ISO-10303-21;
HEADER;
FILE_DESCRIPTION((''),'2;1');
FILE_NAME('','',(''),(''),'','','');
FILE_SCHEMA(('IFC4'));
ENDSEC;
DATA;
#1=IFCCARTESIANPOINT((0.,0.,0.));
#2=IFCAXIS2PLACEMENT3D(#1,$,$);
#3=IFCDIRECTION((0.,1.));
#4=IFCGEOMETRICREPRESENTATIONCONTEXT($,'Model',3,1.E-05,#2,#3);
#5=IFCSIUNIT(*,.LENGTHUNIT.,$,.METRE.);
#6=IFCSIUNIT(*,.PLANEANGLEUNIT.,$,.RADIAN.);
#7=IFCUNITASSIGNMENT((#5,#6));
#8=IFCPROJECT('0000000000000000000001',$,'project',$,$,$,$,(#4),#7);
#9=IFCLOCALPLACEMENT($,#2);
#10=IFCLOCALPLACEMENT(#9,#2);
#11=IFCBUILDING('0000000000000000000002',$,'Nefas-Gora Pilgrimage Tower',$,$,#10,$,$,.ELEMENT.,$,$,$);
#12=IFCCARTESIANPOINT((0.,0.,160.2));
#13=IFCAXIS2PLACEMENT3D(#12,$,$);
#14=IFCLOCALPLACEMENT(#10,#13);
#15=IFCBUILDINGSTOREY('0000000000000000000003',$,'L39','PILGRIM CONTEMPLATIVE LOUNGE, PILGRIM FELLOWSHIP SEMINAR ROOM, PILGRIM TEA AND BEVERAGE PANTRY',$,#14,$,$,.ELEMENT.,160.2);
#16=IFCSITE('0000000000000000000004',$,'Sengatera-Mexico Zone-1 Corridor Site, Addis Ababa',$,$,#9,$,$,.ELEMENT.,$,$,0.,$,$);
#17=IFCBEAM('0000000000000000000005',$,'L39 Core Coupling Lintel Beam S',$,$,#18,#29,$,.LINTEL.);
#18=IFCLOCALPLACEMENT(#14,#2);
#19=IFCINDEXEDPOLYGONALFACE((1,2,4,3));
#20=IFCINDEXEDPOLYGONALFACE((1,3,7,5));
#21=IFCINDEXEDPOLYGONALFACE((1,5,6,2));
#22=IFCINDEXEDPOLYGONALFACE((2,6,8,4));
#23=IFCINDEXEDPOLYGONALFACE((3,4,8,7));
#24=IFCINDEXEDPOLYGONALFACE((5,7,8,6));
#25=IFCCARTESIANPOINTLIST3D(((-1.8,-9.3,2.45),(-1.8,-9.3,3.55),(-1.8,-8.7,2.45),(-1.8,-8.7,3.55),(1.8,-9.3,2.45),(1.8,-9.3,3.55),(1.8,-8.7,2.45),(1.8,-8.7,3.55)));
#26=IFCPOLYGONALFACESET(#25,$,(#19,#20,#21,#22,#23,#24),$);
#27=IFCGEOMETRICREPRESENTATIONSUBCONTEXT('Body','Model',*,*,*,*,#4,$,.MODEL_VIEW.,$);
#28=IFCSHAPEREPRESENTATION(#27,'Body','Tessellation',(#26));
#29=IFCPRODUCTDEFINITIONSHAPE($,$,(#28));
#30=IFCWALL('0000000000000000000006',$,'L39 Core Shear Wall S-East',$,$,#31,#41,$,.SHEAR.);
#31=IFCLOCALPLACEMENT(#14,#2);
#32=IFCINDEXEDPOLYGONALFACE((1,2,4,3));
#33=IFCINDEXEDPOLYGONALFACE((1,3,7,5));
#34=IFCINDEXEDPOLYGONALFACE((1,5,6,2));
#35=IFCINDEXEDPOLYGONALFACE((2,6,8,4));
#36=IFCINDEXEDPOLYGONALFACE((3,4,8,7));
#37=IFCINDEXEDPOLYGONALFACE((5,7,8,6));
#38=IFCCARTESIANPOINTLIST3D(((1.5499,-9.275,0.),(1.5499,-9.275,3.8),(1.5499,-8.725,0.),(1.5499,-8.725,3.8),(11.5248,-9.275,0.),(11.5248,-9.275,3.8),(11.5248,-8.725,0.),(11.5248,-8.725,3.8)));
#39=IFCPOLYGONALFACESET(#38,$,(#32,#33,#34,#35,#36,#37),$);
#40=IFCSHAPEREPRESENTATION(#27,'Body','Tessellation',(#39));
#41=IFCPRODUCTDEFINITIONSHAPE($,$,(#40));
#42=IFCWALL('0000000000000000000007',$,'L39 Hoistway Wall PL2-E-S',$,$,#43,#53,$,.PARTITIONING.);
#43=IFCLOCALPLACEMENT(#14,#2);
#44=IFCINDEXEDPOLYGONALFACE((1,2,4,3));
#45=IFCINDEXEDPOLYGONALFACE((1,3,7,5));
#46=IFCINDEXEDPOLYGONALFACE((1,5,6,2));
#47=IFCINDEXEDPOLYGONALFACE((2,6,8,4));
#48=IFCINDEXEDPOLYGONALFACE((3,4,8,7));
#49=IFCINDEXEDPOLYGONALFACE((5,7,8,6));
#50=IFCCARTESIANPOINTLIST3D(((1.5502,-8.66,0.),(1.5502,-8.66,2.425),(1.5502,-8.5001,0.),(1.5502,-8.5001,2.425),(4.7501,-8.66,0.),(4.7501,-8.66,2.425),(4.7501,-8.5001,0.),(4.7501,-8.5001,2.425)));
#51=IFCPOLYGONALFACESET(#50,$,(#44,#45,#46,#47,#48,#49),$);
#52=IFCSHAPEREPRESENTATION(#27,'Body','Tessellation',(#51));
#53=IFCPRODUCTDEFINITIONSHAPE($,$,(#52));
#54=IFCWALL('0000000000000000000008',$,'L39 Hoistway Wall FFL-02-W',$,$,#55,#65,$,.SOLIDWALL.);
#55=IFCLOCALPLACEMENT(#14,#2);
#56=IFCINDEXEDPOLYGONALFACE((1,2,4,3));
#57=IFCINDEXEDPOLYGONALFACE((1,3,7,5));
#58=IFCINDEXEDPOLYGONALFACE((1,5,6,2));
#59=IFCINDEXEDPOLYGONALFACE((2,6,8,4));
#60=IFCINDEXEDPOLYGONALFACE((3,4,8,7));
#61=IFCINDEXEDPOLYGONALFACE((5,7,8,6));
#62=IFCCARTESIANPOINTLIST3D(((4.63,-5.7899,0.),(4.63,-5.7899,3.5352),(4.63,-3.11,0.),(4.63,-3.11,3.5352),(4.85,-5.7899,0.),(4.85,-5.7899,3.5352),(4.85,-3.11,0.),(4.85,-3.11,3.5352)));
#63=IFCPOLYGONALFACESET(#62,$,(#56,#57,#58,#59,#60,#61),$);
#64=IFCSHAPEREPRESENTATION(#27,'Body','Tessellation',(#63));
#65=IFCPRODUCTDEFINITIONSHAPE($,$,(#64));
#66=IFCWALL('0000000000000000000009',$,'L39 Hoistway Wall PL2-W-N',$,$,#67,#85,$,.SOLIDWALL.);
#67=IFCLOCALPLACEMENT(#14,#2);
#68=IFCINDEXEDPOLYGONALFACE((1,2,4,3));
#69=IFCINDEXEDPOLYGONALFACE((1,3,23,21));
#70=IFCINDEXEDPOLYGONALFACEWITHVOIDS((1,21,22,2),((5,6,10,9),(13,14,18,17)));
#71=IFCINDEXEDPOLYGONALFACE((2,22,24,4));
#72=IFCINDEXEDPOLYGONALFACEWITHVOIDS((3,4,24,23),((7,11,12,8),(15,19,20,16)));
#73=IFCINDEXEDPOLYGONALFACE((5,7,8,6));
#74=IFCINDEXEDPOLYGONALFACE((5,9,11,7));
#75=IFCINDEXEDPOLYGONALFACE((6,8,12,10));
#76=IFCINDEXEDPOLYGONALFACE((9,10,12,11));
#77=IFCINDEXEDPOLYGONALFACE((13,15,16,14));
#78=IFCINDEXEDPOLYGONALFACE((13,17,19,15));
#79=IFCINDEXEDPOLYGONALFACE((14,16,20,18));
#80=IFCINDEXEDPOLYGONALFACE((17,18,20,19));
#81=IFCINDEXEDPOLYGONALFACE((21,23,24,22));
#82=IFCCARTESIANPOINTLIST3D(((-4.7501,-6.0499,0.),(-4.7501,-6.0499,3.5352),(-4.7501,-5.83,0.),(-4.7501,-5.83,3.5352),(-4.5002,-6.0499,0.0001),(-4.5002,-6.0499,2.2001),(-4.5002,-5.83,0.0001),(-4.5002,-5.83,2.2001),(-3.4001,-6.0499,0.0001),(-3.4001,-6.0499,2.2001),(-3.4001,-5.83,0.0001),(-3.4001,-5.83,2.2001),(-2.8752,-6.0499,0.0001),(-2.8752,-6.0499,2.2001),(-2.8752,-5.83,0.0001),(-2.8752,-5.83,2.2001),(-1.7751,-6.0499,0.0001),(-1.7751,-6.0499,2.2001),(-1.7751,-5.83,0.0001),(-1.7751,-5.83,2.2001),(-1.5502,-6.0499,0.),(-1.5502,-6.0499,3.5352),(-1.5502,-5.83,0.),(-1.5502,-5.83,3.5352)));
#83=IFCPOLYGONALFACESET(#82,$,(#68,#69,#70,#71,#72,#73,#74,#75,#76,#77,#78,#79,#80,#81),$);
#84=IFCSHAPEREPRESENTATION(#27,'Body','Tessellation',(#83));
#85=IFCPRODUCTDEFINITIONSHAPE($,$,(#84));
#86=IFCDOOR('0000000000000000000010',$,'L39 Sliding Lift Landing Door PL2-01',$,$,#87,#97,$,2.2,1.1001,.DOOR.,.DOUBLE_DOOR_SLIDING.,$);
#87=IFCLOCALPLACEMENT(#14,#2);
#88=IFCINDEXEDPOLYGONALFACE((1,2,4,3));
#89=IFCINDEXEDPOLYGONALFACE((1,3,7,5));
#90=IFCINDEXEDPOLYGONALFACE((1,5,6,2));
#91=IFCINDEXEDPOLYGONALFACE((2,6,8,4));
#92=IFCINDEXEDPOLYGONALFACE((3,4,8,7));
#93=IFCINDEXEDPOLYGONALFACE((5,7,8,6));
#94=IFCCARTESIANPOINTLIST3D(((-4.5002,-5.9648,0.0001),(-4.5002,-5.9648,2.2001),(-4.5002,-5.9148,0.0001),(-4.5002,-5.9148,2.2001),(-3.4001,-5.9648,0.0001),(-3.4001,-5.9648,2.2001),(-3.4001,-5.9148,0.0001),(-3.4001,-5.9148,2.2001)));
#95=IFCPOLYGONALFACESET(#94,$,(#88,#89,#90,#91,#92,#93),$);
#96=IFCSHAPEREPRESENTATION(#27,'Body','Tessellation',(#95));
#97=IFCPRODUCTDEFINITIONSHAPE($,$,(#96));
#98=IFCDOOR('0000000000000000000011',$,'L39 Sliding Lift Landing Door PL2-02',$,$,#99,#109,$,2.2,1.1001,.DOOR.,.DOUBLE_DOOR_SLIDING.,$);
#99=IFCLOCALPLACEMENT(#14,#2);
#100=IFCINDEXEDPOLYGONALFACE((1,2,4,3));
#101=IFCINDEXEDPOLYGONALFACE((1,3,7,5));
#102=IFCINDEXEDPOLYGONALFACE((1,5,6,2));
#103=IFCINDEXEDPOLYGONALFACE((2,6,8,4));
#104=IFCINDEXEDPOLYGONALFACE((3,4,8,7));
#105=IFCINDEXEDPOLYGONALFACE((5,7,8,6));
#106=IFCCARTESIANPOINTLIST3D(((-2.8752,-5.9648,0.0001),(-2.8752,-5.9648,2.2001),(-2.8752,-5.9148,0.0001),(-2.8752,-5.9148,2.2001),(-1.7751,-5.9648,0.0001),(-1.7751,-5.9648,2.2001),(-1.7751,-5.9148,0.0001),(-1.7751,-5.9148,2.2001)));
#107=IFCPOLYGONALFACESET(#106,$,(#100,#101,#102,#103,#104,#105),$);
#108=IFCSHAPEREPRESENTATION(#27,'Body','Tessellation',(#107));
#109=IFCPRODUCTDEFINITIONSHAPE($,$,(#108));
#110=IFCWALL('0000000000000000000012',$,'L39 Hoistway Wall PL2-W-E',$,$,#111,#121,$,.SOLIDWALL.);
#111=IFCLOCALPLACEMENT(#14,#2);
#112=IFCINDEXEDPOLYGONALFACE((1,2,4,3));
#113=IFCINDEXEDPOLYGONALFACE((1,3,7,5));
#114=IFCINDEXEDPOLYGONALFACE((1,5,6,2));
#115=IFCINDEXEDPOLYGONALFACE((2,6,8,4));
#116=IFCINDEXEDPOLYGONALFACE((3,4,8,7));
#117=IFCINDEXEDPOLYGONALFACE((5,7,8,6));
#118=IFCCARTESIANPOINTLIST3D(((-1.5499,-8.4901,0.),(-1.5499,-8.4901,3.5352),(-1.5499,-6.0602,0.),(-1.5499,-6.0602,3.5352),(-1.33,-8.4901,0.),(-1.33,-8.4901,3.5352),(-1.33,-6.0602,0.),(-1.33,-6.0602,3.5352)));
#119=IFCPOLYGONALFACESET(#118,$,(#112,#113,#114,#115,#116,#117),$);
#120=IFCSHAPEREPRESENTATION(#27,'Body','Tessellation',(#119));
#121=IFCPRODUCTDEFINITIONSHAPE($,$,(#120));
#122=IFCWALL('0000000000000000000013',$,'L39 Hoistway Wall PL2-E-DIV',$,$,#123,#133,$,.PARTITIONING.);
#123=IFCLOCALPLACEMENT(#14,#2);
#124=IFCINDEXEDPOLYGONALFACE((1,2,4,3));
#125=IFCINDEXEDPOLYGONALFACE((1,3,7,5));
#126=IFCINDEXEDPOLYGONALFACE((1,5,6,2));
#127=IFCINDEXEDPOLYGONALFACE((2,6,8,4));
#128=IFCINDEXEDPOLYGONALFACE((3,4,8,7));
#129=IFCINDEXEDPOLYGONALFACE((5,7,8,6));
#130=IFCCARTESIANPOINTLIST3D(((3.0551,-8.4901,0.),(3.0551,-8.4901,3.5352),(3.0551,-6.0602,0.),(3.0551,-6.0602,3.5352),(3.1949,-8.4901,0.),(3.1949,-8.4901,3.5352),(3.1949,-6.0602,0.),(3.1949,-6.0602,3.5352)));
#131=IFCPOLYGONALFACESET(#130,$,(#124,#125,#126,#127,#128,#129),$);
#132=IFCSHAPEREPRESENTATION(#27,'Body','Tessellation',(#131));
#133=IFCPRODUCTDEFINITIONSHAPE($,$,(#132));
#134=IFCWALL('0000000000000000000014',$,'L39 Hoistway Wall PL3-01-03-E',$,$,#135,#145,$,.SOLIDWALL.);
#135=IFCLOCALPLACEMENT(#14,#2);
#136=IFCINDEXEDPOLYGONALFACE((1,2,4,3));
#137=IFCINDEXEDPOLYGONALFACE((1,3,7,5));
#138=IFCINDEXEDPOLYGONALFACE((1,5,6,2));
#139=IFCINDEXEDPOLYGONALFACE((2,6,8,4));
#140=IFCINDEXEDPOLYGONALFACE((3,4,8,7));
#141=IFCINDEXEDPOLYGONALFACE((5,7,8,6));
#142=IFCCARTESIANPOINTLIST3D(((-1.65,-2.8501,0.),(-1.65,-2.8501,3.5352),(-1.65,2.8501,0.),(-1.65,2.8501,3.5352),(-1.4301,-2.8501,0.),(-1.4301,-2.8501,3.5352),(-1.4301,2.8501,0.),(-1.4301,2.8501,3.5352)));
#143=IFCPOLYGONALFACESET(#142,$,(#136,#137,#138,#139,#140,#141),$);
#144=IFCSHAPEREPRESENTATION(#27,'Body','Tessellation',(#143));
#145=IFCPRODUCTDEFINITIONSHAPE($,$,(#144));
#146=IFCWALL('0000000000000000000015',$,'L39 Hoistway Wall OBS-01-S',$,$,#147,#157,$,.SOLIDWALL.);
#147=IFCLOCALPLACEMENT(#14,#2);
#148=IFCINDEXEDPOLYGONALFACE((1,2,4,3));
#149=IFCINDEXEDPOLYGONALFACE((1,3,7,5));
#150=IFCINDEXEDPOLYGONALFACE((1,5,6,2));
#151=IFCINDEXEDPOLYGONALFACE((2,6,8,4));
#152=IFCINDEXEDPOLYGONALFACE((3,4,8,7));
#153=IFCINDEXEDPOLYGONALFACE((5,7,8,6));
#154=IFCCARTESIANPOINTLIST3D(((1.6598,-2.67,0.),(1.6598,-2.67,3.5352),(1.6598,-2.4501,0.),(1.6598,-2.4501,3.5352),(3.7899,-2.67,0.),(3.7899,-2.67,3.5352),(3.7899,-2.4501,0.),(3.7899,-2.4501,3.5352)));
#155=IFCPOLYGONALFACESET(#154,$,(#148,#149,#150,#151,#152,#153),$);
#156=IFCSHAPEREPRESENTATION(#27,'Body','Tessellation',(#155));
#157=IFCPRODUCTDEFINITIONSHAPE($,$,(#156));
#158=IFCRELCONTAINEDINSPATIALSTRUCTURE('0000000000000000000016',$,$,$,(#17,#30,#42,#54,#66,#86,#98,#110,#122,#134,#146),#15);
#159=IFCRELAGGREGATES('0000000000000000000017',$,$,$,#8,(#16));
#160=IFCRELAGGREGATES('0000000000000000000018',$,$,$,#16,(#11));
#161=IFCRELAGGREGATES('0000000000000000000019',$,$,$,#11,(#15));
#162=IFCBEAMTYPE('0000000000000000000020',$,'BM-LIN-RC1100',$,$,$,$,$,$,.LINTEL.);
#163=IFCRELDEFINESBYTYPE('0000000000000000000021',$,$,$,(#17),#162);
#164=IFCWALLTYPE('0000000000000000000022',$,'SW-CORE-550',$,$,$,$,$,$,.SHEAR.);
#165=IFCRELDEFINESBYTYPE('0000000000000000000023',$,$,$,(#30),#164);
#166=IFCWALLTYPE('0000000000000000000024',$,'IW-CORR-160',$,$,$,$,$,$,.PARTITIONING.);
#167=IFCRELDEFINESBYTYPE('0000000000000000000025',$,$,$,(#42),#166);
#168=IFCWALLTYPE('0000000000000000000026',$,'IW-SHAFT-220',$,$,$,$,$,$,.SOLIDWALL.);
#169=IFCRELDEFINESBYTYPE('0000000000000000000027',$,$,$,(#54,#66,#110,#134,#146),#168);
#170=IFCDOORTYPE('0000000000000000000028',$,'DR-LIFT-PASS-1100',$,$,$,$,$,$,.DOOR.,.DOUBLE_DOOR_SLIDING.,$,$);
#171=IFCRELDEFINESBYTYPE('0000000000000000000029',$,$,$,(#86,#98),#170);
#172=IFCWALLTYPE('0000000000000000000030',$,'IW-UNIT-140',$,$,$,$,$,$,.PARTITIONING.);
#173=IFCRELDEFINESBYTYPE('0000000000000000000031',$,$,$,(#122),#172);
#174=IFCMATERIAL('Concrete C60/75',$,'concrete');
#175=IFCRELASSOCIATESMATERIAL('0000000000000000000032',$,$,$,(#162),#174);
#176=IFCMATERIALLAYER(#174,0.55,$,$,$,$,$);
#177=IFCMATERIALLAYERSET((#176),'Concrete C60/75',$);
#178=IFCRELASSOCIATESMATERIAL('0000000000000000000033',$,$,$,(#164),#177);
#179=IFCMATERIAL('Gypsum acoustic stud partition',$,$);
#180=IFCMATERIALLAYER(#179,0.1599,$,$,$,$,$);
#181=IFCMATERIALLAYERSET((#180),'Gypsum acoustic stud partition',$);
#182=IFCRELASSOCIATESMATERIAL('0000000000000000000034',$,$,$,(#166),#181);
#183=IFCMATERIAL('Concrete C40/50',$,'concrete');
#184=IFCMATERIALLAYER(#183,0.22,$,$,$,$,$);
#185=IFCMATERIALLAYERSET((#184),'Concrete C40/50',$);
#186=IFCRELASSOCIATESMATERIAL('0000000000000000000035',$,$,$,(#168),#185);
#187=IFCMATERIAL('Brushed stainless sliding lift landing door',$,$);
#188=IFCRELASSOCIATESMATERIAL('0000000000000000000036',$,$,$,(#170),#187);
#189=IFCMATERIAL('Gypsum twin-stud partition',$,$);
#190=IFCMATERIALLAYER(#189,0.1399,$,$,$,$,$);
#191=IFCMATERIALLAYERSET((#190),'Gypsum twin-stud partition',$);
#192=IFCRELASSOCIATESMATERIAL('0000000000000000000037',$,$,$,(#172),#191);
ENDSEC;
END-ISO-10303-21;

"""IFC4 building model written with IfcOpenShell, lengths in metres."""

from ifc_helpers import new_model, si_unit, direction, frame, frame_2d, origin, origin_2d, place, context, subcontext, project, spatial, rectangle, extrude, source, transform, mapped, material, layer, layer_set, material_profile, profile_set, type_object, element, fill, save


model = new_model("IFC4")

# Units and contexts
model_context = context("Model", 3, precision=1e-05, world=origin(), true_north=direction((0.0, 1.0)))
body_context = subcontext(model_context, "Body", "Model", "MODEL_VIEW")
ifc_project = project(units=[si_unit("LENGTHUNIT", "METRE"), si_unit("PLANEANGLEUNIT", "RADIAN")], contexts=[model_context])

# Site, building, storey
site_placement = place(None, origin())
site = spatial("IfcSite", under=ifc_project, at=site_placement, Name="Sengatera-Mexico Zone-1 Corridor Site, Addis Ababa", CompositionType="ELEMENT", RefElevation=0.0)
building_placement = place(site_placement, origin())
building = spatial("IfcBuilding", under=site, at=building_placement, Name="Nefas-Gora Pilgrimage Tower", CompositionType="ELEMENT")
storey_placement = place(building_placement, frame((0.0, 0.0, 160.2)))
storey = spatial("IfcBuildingStorey", under=building, at=storey_placement, Name="L39", Description="PILGRIM CONTEMPLATIVE LOUNGE, PILGRIM FELLOWSHIP SEMINAR ROOM, PILGRIM TEA AND BEVERAGE PANTRY", CompositionType="ELEMENT", Elevation=160.2)

# Beam
ifc_material_1 = material(Name="Concrete C60/75", Category="concrete")
ifc_material_profile = material_profile(ifc_material_1, rectangle(XDim=0.6001, YDim=1.1001, at=origin_2d()), Name="RC 600x1100")
ifc_profile_set = profile_set([ifc_material_profile], Name="Concrete C60/75")
beam_type = type_object("IfcBeamType", Name="BM-LIN-RC1100", PredefinedType="LINTEL", material=ifc_profile_set)
shared_shape_1 = source(origin(), body_context, "Body", "SweptSolid", [
    extrude(rectangle(XDim=0.6001, YDim=1.1001, at=origin_2d()), origin(), (0.0, 0.0, 1.0), 3.6001),
])
beam_placement = place(storey_placement, frame((-1.8, -9.0, 3.0), z_axis=(1.0, 0.0, 0.0), x_axis=(0.0, 1.0, 0.0)))
element("IfcBeam", 1, at=beam_placement, inside=storey, type_object=beam_type, Name="L39 Core Coupling Lintel Beam S", PredefinedType="LINTEL", context=body_context, shape_type="MappedRepresentation", body=[
    mapped(shared_shape_1, transform((0.0, 0.0, 0.0), x_axis=(1.0, 0.0, 0.0), y_axis=(0.0, 1.0, 0.0), z_axis=(0.0, 0.0, 1.0), scale=1.0)),
])

# Walls
ifc_layer_1 = layer(ifc_material_1, 0.55)
ifc_layer_set_1 = layer_set([ifc_layer_1], Name="Concrete C60/75")
wall_type_1 = type_object("IfcWallType", Name="SW-CORE-550", PredefinedType="SHEAR", material=ifc_layer_set_1)
shared_shape_2 = source(origin(), body_context, "Body", "SweptSolid", [
    extrude(rectangle(XDim=9.9749, YDim=0.55, at=frame_2d((4.9873, 0.0))), origin(), (0.0, 0.0, 1.0), 3.8),
])
wall_1_placement = place(storey_placement, frame((1.55, -9.0, 0.0), z_axis=(0.0, 0.0, 1.0), x_axis=(1.0, 0.0, 0.0)))
element("IfcWall", 2, at=wall_1_placement, inside=storey, type_object=wall_type_1, Name="L39 Core Shear Wall S-East", PredefinedType="SHEAR", context=body_context, shape_type="MappedRepresentation", body=[
    mapped(shared_shape_2, transform((0.0, 0.0, 0.0), x_axis=(1.0, 0.0, 0.0), y_axis=(0.0, 1.0, 0.0), z_axis=(0.0, 0.0, 1.0), scale=1.0)),
])
ifc_material_2 = material(Name="Gypsum acoustic stud partition")
ifc_layer_2 = layer(ifc_material_2, 0.1599)
ifc_layer_set_2 = layer_set([ifc_layer_2], Name="Gypsum acoustic stud partition")
wall_type_2 = type_object("IfcWallType", Name="IW-CORR-160", PredefinedType="PARTITIONING", material=ifc_layer_set_2)
shared_shape_3 = source(origin(), body_context, "Body", "SweptSolid", [
    extrude(rectangle(XDim=3.2, YDim=0.1599, at=frame_2d((1.6001, 0.0))), origin(), (0.0, 0.0, 1.0), 2.425),
])
wall_2_placement = place(storey_placement, frame((1.55, -8.5801, 0.0), z_axis=(0.0, 0.0, 1.0), x_axis=(1.0, 0.0, 0.0)))
element("IfcWall", 3, at=wall_2_placement, inside=storey, type_object=wall_type_2, Name="L39 Hoistway Wall PL2-E-S", PredefinedType="PARTITIONING", context=body_context, shape_type="MappedRepresentation", body=[
    mapped(shared_shape_3, transform((0.0, 0.0, 0.0), x_axis=(1.0, 0.0, 0.0), y_axis=(0.0, 1.0, 0.0), z_axis=(0.0, 0.0, 1.0), scale=1.0)),
])
ifc_material_3 = material(Name="Concrete C40/50", Category="concrete")
ifc_layer_3 = layer(ifc_material_3, 0.22)
ifc_layer_set_3 = layer_set([ifc_layer_3], Name="Concrete C40/50")
wall_type_3 = type_object("IfcWallType", Name="IW-SHAFT-220", PredefinedType="SOLIDWALL", material=ifc_layer_set_3)
shared_shape_4 = source(origin(), body_context, "Body", "SweptSolid", [
    extrude(rectangle(XDim=2.6799, YDim=0.22, at=frame_2d((1.3398, 0.0))), origin(), (0.0, 0.0, 1.0), 3.5352),
])
wall_3_placement = place(storey_placement, frame((4.74, -3.1101, 0.0), z_axis=(0.0, 0.0, 1.0), x_axis=(0.0, -1.0, 0.0)))
element("IfcWall", 4, at=wall_3_placement, inside=storey, type_object=wall_type_3, Name="L39 Hoistway Wall FFL-02-W", PredefinedType="SOLIDWALL", context=body_context, shape_type="MappedRepresentation", body=[
    mapped(shared_shape_4, transform((0.0, 0.0, 0.0), x_axis=(1.0, 0.0, 0.0), y_axis=(0.0, 1.0, 0.0), z_axis=(0.0, 0.0, 1.0), scale=1.0)),
])

# Wall, openings, doors
shared_shape_5 = source(origin(), body_context, "Body", "SweptSolid", [
    extrude(rectangle(XDim=3.2, YDim=0.22, at=frame_2d((1.6001, 0.0))), origin(), (0.0, 0.0, 1.0), 3.5352),
])
wall_4_placement = place(storey_placement, frame((-1.55, -5.9399, 0.0), z_axis=(0.0, 0.0, 1.0), x_axis=(-1.0, 0.0, 0.0)))
wall_4 = element("IfcWall", 5, at=wall_4_placement, inside=storey, type_object=wall_type_3, Name="L39 Hoistway Wall PL2-W-N", PredefinedType="SOLIDWALL", context=body_context, shape_type="MappedRepresentation", body=[
    mapped(shared_shape_5, transform((0.0, 0.0, 0.0), x_axis=(1.0, 0.0, 0.0), y_axis=(0.0, 1.0, 0.0), z_axis=(0.0, 0.0, 1.0), scale=1.0)),
])
opening_1_placement = place(wall_4_placement, frame((1.8501, 0.0, 0.0)))
opening_1 = element("IfcOpeningElement", 6, at=opening_1_placement, cuts=wall_4, PredefinedType="OPENING", context=body_context, shape_type="SweptSolid", body=[
    extrude(rectangle(XDim=1.1001, YDim=2.2, at=frame_2d((0.55, 1.1001))), frame((0.0, 0.1199, 0.0), z_axis=(0.0, -1.0, 0.0), x_axis=(1.0, 0.0, 0.0)), (0.0, 0.0, 1.0), 0.24),
])
opening_2_placement = place(wall_4_placement, frame((0.2251, 0.0, 0.0)))
opening_2 = element("IfcOpeningElement", 7, at=opening_2_placement, cuts=wall_4, PredefinedType="OPENING", context=body_context, shape_type="SweptSolid", body=[
    extrude(rectangle(XDim=1.1001, YDim=2.2, at=frame_2d((0.55, 1.1001))), frame((0.0, 0.1199, 0.0), z_axis=(0.0, -1.0, 0.0), x_axis=(1.0, 0.0, 0.0)), (0.0, 0.0, 1.0), 0.24),
])
ifc_material_4 = material(Name="Brushed stainless sliding lift landing door")
door_type_1 = type_object("IfcDoorType", Name="DR-LIFT-PASS-1100", OperationType="DOUBLE_DOOR_SLIDING", PredefinedType="DOOR", material=ifc_material_4)
shared_shape_6 = source(origin(), body_context, "Body", "SweptSolid", [
    extrude(rectangle(XDim=1.1001, YDim=2.2, at=frame_2d((0.55, 1.1001))), frame((0.0, 0.0249, 0.0), z_axis=(0.0, -1.0, 0.0), x_axis=(1.0, 0.0, 0.0)), (0.0, 0.0, 1.0), 0.05),
])
door_1_placement = place(opening_1_placement, origin())
door_1 = element("IfcDoor", 8, at=door_1_placement, inside=storey, type_object=door_type_1, Name="L39 Sliding Lift Landing Door PL2-01", OperationType="DOUBLE_DOOR_SLIDING", OverallHeight=2.2, OverallWidth=1.1001, PredefinedType="DOOR", context=body_context, shape_type="MappedRepresentation", body=[
    mapped(shared_shape_6, transform((0.0, 0.0, 0.0), x_axis=(1.0, 0.0, 0.0), y_axis=(0.0, 1.0, 0.0), z_axis=(0.0, 0.0, 1.0), scale=1.0)),
])
fill(opening_1, door_1)
door_2_placement = place(opening_2_placement, origin())
door_2 = element("IfcDoor", 9, at=door_2_placement, inside=storey, type_object=door_type_1, Name="L39 Sliding Lift Landing Door PL2-02", OperationType="DOUBLE_DOOR_SLIDING", OverallHeight=2.2, OverallWidth=1.1001, PredefinedType="DOOR", context=body_context, shape_type="MappedRepresentation", body=[
    mapped(shared_shape_6, transform((0.0, 0.0, 0.0), x_axis=(1.0, 0.0, 0.0), y_axis=(0.0, 1.0, 0.0), z_axis=(0.0, 0.0, 1.0), scale=1.0)),
])
fill(opening_2, door_2)

# Walls
shared_shape_7 = source(origin(), body_context, "Body", "SweptSolid", [
    extrude(rectangle(XDim=2.4299, YDim=0.22, at=frame_2d((1.2148, 0.0))), origin(), (0.0, 0.0, 1.0), 3.5352),
])
for number, where, z_axis, x_axis, name in (
    (10, (-1.4399, -8.49, 0.0), (0.0, 0.0, 1.0), (0.0, 1.0, 0.0), "L39 Hoistway Wall PL2-W-E"),
):
    element("IfcWall", number, at=place(storey_placement, frame(where, z_axis=z_axis, x_axis=x_axis)), inside=storey, type_object=wall_type_3, Name=name, PredefinedType="SOLIDWALL", context=body_context, shape_type="MappedRepresentation", body=[
        mapped(shared_shape_7, transform((0.0, 0.0, 0.0), x_axis=(1.0, 0.0, 0.0), y_axis=(0.0, 1.0, 0.0), z_axis=(0.0, 0.0, 1.0), scale=1.0)),
    ])
ifc_material_5 = material(Name="Gypsum twin-stud partition")
ifc_layer_4 = layer(ifc_material_5, 0.1399)
ifc_layer_set_4 = layer_set([ifc_layer_4], Name="Gypsum twin-stud partition")
wall_type_4 = type_object("IfcWallType", Name="IW-UNIT-140", PredefinedType="PARTITIONING", material=ifc_layer_set_4)
shared_shape_8 = source(origin(), body_context, "Body", "SweptSolid", [
    extrude(rectangle(XDim=2.4299, YDim=0.1399, at=frame_2d((1.2148, 0.0))), origin(), (0.0, 0.0, 1.0), 3.5352),
])
wall_5_placement = place(storey_placement, frame((3.125, -8.49, 0.0), z_axis=(0.0, 0.0, 1.0), x_axis=(0.0, 1.0, 0.0)))
element("IfcWall", 11, at=wall_5_placement, inside=storey, type_object=wall_type_4, Name="L39 Hoistway Wall PL2-E-DIV", PredefinedType="PARTITIONING", context=body_context, shape_type="MappedRepresentation", body=[
    mapped(shared_shape_8, transform((0.0, 0.0, 0.0), x_axis=(1.0, 0.0, 0.0), y_axis=(0.0, 1.0, 0.0), z_axis=(0.0, 0.0, 1.0), scale=1.0)),
])
shared_shape_9 = source(origin(), body_context, "Body", "SweptSolid", [
    extrude(rectangle(XDim=5.7002, YDim=0.22, at=frame_2d((2.8501, 0.0))), origin(), (0.0, 0.0, 1.0), 3.5352),
])
wall_6_placement = place(storey_placement, frame((-1.54, -2.8501, 0.0), z_axis=(0.0, 0.0, 1.0), x_axis=(0.0, 1.0, 0.0)))
element("IfcWall", 12, at=wall_6_placement, inside=storey, type_object=wall_type_3, Name="L39 Hoistway Wall PL3-01-03-E", PredefinedType="SOLIDWALL", context=body_context, shape_type="MappedRepresentation", body=[
    mapped(shared_shape_9, transform((0.0, 0.0, 0.0), x_axis=(1.0, 0.0, 0.0), y_axis=(0.0, 1.0, 0.0), z_axis=(0.0, 0.0, 1.0), scale=1.0)),
])
shared_shape_10 = source(origin(), body_context, "Body", "SweptSolid", [
    extrude(rectangle(XDim=2.1301, YDim=0.22, at=frame_2d((1.0649, 0.0))), origin(), (0.0, 0.0, 1.0), 3.5352),
])
wall_7_placement = place(storey_placement, frame((1.6599, -2.5601, 0.0), z_axis=(0.0, 0.0, 1.0), x_axis=(1.0, 0.0, 0.0)))
element("IfcWall", 13, at=wall_7_placement, inside=storey, type_object=wall_type_3, Name="L39 Hoistway Wall OBS-01-S", PredefinedType="SOLIDWALL", context=body_context, shape_type="MappedRepresentation", body=[
    mapped(shared_shape_10, transform((0.0, 0.0, 0.0), x_axis=(1.0, 0.0, 0.0), y_axis=(0.0, 1.0, 0.0), z_axis=(0.0, 0.0, 1.0), scale=1.0)),
])

save(model, "model.ifc")
